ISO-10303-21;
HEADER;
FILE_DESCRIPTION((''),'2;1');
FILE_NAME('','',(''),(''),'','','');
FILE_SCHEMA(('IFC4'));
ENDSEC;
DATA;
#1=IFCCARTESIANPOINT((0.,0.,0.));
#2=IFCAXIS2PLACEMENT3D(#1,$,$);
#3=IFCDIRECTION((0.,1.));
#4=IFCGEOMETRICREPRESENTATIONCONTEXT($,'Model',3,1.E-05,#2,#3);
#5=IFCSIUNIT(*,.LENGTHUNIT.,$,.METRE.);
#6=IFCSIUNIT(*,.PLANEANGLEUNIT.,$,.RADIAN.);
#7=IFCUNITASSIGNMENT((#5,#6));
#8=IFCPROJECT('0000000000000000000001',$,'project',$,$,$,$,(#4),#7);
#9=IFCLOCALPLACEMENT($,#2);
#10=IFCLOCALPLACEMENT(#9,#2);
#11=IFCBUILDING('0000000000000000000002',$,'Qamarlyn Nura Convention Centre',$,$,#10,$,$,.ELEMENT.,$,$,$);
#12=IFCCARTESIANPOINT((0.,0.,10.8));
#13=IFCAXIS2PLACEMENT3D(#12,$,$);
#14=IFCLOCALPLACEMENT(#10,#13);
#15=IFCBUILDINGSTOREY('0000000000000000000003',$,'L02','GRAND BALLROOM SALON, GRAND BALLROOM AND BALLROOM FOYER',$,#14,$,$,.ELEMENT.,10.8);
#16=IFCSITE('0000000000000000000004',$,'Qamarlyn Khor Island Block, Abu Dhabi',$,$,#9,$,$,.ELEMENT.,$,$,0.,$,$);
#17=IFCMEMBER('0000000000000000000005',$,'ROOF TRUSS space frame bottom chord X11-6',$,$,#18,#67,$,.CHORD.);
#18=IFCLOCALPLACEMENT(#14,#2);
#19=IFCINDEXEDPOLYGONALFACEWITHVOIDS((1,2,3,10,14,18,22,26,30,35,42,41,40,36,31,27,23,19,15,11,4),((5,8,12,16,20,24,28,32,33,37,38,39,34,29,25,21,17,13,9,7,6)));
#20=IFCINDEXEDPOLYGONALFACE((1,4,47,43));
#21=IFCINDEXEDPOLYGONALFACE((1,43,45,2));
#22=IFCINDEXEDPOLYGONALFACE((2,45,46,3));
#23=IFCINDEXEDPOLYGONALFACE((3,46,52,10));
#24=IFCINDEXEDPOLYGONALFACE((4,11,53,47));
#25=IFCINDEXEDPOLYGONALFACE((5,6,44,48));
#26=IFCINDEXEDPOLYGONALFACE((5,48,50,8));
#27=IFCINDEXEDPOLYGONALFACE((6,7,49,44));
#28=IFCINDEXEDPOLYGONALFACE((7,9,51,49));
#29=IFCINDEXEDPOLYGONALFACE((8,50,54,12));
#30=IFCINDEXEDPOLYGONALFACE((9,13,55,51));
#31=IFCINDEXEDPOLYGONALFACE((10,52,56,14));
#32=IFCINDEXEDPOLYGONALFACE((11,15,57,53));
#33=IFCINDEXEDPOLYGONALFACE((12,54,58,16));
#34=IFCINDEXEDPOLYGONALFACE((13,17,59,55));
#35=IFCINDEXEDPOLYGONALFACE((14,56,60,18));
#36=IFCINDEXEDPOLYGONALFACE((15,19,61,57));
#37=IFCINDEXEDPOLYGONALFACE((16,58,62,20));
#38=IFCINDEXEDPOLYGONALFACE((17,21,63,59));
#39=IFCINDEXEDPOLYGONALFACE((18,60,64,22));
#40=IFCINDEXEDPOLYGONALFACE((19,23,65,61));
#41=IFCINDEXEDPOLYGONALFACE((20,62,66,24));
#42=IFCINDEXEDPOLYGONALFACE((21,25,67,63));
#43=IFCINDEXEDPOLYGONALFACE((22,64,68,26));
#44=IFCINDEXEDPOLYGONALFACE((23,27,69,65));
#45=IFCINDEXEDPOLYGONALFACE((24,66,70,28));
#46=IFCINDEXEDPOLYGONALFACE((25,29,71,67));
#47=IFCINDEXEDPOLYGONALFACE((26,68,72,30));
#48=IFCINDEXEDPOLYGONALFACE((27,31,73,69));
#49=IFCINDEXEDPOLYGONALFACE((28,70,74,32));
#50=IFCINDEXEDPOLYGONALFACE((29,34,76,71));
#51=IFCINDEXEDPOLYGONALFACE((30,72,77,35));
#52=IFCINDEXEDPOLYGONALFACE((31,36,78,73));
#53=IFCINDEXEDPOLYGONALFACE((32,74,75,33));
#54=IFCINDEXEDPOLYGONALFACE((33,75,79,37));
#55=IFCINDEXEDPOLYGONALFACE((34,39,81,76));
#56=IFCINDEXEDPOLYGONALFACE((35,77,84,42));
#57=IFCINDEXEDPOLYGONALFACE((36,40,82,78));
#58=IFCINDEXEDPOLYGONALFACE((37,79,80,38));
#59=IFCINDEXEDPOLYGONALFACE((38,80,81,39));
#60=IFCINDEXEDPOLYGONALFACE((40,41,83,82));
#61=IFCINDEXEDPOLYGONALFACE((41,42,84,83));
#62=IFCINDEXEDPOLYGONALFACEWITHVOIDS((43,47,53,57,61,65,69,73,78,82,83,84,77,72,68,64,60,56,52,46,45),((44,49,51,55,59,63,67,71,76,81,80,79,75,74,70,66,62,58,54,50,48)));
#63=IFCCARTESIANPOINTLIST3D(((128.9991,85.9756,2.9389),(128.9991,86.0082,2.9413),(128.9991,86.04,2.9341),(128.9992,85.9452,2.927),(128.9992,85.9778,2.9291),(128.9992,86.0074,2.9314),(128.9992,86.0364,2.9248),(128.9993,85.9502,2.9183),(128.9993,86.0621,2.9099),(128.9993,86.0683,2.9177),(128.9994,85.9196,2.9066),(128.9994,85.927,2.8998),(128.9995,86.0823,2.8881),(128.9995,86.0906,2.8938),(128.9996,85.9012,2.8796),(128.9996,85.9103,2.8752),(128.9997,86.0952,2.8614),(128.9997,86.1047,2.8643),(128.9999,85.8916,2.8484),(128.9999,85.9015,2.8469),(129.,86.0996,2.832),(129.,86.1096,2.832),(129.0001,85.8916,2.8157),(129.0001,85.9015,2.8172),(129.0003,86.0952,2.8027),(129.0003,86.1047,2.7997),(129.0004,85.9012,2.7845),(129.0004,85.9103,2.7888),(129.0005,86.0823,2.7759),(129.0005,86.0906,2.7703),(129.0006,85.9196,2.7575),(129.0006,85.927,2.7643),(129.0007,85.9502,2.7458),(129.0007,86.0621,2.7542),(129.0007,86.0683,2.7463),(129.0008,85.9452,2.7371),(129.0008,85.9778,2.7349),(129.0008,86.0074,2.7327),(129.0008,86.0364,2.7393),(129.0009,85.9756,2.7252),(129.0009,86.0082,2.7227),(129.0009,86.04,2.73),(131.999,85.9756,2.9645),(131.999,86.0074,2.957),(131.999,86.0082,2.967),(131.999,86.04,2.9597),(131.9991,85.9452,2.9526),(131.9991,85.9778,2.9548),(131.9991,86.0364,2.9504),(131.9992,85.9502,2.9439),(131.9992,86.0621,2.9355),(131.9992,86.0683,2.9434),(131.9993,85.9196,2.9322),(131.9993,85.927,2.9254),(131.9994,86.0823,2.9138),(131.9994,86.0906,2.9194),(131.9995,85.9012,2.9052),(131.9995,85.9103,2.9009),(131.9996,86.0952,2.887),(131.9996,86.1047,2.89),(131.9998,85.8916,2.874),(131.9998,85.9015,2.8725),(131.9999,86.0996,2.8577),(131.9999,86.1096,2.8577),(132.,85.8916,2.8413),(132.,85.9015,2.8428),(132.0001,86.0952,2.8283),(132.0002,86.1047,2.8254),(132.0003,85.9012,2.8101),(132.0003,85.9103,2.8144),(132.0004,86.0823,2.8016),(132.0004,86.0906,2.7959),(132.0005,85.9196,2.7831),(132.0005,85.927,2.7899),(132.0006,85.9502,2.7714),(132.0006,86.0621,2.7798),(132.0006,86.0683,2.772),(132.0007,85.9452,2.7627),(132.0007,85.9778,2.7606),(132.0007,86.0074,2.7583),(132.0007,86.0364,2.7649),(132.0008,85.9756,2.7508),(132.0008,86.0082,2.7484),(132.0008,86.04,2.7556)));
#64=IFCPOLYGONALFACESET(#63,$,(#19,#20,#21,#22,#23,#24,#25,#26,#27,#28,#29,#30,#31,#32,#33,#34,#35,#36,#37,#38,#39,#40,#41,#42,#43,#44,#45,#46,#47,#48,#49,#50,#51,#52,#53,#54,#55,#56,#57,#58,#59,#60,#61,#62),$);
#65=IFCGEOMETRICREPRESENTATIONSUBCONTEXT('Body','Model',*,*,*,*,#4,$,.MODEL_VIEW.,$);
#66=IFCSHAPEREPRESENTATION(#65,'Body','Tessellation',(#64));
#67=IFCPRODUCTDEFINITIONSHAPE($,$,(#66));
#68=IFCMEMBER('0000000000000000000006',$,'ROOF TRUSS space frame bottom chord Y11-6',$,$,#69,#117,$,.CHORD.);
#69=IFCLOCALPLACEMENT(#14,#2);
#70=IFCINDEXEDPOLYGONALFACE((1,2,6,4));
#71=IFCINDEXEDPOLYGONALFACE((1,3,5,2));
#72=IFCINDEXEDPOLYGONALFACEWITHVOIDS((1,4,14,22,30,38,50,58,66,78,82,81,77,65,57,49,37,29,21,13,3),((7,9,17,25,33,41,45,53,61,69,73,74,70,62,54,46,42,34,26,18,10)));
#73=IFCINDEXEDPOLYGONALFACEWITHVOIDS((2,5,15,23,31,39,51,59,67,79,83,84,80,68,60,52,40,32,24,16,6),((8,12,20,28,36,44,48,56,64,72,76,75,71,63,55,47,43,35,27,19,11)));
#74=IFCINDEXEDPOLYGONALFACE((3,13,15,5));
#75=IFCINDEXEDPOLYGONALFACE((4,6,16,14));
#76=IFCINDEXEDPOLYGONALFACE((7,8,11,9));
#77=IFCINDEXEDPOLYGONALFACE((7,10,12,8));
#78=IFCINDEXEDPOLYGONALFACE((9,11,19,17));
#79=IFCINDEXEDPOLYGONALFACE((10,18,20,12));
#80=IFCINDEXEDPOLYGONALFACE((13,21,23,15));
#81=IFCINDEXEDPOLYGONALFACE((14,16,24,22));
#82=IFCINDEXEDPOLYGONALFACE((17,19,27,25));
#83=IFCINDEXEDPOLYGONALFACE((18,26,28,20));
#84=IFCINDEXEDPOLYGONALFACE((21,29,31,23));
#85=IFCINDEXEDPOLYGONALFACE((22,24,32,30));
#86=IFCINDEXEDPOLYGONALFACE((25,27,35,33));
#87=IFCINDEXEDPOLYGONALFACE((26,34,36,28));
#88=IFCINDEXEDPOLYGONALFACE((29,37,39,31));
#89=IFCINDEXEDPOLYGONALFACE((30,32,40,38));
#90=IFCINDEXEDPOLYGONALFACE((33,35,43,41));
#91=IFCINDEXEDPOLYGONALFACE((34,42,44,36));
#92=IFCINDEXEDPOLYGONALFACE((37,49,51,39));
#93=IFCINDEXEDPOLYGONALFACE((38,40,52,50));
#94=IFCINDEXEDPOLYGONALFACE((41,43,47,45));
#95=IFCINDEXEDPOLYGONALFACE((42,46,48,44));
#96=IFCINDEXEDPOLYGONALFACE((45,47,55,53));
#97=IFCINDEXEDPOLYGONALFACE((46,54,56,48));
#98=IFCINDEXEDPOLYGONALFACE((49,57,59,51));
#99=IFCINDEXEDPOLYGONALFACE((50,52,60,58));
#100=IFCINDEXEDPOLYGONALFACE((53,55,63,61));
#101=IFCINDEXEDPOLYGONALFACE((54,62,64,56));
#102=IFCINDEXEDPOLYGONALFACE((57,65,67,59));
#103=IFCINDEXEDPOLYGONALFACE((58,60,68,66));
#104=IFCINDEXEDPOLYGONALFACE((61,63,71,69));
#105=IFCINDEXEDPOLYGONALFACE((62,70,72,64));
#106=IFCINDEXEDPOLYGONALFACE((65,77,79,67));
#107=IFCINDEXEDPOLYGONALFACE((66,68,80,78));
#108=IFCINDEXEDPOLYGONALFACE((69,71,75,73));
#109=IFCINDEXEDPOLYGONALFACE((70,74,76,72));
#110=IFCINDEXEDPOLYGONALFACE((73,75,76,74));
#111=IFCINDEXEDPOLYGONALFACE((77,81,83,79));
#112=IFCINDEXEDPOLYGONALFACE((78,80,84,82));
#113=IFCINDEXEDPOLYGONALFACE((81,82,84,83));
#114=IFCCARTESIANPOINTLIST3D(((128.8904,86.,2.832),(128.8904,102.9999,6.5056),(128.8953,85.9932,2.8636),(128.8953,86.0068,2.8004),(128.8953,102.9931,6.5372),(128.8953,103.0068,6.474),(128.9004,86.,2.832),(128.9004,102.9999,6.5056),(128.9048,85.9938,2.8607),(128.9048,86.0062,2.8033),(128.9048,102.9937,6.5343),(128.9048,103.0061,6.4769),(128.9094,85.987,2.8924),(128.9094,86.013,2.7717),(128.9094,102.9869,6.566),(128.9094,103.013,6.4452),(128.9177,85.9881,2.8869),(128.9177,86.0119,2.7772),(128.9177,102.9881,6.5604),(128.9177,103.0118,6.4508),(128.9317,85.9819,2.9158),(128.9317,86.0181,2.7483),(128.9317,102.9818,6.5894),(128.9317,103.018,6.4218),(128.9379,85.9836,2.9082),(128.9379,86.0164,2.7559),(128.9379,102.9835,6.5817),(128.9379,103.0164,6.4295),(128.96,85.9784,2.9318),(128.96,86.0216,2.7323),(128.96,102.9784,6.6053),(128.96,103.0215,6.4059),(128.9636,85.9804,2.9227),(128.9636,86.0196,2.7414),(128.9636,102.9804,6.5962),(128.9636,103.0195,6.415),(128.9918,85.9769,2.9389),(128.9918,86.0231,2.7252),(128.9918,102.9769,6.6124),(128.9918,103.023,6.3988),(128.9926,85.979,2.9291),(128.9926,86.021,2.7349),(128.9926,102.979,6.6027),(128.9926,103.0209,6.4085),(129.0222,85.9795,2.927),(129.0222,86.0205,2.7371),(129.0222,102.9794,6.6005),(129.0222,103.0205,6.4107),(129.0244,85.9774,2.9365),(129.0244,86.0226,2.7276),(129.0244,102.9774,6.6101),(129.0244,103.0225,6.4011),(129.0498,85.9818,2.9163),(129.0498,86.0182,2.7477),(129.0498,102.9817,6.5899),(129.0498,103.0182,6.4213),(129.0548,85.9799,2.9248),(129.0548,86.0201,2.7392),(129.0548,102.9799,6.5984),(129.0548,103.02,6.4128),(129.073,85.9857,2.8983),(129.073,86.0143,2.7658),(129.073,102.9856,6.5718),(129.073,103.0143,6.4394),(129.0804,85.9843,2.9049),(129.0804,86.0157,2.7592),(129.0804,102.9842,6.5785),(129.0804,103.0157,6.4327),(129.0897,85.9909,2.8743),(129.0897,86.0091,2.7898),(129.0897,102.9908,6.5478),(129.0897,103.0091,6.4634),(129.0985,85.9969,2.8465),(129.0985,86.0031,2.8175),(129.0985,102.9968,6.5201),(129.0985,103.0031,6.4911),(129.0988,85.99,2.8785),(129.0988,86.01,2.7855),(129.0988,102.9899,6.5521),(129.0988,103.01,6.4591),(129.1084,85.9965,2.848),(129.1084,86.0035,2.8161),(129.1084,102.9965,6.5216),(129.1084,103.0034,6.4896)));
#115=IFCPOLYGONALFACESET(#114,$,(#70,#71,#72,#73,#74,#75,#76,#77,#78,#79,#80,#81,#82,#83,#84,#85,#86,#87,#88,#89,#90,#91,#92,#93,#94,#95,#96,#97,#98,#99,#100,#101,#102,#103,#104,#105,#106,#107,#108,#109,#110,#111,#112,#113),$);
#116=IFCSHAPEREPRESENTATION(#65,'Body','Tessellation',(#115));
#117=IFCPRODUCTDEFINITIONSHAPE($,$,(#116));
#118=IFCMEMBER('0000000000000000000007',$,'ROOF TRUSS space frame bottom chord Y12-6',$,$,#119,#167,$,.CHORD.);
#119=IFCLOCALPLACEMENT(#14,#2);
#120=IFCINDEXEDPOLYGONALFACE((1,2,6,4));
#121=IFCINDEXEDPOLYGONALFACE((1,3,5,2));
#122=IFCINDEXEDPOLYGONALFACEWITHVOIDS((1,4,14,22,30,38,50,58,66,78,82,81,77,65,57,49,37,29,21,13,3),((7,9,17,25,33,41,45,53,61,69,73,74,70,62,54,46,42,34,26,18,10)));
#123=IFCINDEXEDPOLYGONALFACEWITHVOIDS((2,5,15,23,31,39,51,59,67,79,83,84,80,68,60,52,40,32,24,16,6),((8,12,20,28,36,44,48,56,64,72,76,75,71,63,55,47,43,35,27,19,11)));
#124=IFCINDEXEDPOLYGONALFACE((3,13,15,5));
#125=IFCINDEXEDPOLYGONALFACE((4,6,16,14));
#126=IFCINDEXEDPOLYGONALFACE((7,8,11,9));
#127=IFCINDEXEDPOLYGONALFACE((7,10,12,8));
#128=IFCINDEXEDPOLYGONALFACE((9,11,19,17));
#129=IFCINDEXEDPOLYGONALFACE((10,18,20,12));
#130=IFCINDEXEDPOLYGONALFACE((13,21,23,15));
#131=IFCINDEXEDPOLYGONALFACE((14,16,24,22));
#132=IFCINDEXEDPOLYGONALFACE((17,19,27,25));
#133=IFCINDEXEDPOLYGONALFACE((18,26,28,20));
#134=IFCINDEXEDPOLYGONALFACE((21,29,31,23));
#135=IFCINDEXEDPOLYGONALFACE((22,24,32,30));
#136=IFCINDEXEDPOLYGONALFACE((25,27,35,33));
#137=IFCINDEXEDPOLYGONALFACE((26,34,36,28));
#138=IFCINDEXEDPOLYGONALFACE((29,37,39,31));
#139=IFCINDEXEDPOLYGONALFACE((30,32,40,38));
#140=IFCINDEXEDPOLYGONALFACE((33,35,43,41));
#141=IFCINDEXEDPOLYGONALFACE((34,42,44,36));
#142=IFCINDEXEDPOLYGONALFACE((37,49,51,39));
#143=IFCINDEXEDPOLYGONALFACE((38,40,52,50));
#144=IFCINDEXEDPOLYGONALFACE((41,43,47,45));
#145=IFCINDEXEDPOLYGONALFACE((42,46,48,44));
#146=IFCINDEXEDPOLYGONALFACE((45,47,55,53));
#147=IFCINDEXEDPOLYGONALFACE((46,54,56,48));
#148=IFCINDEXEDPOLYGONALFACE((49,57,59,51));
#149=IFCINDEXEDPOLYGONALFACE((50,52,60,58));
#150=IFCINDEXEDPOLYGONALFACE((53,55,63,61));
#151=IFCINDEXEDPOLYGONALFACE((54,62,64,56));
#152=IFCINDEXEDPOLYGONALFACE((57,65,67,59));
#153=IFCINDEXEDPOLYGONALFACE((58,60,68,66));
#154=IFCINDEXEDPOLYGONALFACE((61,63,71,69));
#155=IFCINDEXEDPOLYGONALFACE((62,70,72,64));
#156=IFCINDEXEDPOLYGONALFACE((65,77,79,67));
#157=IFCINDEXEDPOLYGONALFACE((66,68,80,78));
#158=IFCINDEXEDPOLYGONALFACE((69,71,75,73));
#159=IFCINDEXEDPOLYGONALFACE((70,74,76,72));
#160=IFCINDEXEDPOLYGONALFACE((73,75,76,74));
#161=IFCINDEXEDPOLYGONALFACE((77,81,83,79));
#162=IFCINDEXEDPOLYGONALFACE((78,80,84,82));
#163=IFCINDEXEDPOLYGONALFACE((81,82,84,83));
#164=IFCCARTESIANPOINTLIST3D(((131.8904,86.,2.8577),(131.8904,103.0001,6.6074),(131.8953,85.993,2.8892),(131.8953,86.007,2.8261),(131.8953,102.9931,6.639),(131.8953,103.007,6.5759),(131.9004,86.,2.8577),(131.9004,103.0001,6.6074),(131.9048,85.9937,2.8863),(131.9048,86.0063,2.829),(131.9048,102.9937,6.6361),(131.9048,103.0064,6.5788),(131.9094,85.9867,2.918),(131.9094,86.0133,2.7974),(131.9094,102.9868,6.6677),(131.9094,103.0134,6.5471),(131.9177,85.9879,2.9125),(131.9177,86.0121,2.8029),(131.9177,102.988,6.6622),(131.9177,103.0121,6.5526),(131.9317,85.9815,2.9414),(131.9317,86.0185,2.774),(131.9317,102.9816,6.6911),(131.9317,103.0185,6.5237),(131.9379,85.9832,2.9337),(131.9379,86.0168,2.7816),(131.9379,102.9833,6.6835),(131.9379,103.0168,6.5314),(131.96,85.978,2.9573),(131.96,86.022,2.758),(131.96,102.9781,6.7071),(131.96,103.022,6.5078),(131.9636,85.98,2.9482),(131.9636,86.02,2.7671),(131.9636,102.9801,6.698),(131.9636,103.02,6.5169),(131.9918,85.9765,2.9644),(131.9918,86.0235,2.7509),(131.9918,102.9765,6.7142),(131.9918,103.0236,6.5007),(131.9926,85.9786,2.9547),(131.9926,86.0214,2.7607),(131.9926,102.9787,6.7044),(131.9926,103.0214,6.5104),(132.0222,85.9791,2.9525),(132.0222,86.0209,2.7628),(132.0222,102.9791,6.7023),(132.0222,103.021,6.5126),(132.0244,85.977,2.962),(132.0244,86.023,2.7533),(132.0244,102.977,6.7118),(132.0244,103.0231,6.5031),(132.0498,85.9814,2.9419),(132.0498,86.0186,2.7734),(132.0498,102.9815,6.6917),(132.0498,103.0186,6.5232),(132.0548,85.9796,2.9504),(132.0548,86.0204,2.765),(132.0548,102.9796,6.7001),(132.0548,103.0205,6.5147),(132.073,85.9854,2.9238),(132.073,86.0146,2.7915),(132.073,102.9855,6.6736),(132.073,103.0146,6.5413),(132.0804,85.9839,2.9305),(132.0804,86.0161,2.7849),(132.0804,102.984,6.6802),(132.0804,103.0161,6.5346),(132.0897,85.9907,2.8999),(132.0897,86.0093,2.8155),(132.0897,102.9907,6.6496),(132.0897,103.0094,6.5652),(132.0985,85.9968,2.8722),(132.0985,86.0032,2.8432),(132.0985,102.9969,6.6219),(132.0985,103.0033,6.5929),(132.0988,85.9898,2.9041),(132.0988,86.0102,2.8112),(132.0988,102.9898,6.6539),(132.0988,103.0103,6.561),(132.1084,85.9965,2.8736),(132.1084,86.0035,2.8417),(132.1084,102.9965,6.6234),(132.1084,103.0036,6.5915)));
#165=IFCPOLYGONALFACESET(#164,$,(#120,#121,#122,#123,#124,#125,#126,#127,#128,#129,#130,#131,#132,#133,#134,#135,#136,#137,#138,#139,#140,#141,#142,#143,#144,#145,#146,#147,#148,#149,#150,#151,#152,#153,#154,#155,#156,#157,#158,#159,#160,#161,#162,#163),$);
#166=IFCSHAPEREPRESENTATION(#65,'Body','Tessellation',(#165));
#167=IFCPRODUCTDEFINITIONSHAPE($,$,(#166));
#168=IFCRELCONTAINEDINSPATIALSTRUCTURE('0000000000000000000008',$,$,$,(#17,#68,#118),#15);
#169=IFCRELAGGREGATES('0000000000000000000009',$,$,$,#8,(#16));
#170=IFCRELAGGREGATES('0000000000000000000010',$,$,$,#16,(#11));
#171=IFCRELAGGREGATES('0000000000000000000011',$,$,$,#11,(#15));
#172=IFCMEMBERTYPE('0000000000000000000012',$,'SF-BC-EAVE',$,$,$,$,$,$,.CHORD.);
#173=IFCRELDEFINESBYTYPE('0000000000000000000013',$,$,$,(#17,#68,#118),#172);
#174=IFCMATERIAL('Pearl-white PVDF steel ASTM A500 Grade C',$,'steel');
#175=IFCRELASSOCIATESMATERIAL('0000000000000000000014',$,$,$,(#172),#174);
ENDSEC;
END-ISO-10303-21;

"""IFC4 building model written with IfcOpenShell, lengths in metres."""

from ifc_helpers import new_model, si_unit, direction, frame, origin, origin_2d, place, context, subcontext, project, spatial, hollow_circle, extrude, material, material_profile, profile_set, type_object, element, save


model = new_model("IFC4")

# Units and contexts
model_context = context("Model", 3, precision=1e-05, world=origin(), true_north=direction((0.0, 1.0)))
body_context = subcontext(model_context, "Body", "Model", "MODEL_VIEW")
ifc_project = project(units=[si_unit("LENGTHUNIT", "METRE"), si_unit("PLANEANGLEUNIT", "RADIAN")], contexts=[model_context])

# Site, building, storey
site_placement = place(None, origin())
site = spatial("IfcSite", under=ifc_project, at=site_placement, Name="Qamarlyn Khor Island Block, Abu Dhabi", CompositionType="ELEMENT", RefElevation=0.0)
building_placement = place(site_placement, origin())
building = spatial("IfcBuilding", under=site, at=building_placement, Name="Qamarlyn Nura Convention Centre", CompositionType="ELEMENT")
storey_placement = place(building_placement, frame((0.0, 0.0, 10.8)))
storey = spatial("IfcBuildingStorey", under=building, at=storey_placement, Name="L02", Description="GRAND BALLROOM SALON, GRAND BALLROOM AND BALLROOM FOYER", CompositionType="ELEMENT", Elevation=10.8)

# Members
ifc_material_1 = material(Name="Pearl-white PVDF steel ASTM A500 Grade C", Category="steel")
ifc_material_profile_1 = material_profile(ifc_material_1, hollow_circle(Radius=0.1096, WallThickness=0.01, at=origin_2d()), Name="CHS219.1X10")
ifc_profile_set_1 = profile_set([ifc_material_profile_1], Name="Pearl-white PVDF steel ASTM A500 Grade C")
member_type_1 = type_object("IfcMemberType", Name="SF-BC-EAVE", PredefinedType="CHORD", material=ifc_profile_set_1)
member_1_placement = place(storey_placement, frame((129.0, 86.0, 2.832), z_axis=(0.999963, 0.0, 0.008545), x_axis=(0.0, 1.0, 0.0)))
element("IfcMember", 1, at=member_1_placement, inside=storey, type_object=member_type_1, Name="ROOF TRUSS space frame bottom chord X11-6", PredefinedType="CHORD", context=body_context, shape_type="SweptSolid", body=[
    extrude(hollow_circle(Radius=0.1096, WallThickness=0.01, at=origin_2d()), origin(), (0.0, 0.0, 1.0), 3.0),
])
member_2_placement = place(storey_placement, frame((129.0, 86.0, 2.832), z_axis=(0.0, 0.977439, 0.211218), x_axis=(-1.0, 0.0, 0.0)))
element("IfcMember", 2, at=member_2_placement, inside=storey, type_object=member_type_1, Name="ROOF TRUSS space frame bottom chord Y11-6", PredefinedType="CHORD", context=body_context, shape_type="SweptSolid", body=[
    extrude(hollow_circle(Radius=0.1096, WallThickness=0.01, at=origin_2d()), origin(), (0.0, 0.0, 1.0), 17.3923),
])
member_3_placement = place(storey_placement, frame((132.0, 86.0, 2.8577), z_axis=(0.0, 0.976527, 0.215396), x_axis=(-1.0, 0.0, 0.0)))
element("IfcMember", 3, at=member_3_placement, inside=storey, type_object=member_type_1, Name="ROOF TRUSS space frame bottom chord Y12-6", PredefinedType="CHORD", context=body_context, shape_type="SweptSolid", body=[
    extrude(hollow_circle(Radius=0.1096, WallThickness=0.01, at=origin_2d()), origin(), (0.0, 0.0, 1.0), 17.4087),
])

save(model, "model.ifc")
